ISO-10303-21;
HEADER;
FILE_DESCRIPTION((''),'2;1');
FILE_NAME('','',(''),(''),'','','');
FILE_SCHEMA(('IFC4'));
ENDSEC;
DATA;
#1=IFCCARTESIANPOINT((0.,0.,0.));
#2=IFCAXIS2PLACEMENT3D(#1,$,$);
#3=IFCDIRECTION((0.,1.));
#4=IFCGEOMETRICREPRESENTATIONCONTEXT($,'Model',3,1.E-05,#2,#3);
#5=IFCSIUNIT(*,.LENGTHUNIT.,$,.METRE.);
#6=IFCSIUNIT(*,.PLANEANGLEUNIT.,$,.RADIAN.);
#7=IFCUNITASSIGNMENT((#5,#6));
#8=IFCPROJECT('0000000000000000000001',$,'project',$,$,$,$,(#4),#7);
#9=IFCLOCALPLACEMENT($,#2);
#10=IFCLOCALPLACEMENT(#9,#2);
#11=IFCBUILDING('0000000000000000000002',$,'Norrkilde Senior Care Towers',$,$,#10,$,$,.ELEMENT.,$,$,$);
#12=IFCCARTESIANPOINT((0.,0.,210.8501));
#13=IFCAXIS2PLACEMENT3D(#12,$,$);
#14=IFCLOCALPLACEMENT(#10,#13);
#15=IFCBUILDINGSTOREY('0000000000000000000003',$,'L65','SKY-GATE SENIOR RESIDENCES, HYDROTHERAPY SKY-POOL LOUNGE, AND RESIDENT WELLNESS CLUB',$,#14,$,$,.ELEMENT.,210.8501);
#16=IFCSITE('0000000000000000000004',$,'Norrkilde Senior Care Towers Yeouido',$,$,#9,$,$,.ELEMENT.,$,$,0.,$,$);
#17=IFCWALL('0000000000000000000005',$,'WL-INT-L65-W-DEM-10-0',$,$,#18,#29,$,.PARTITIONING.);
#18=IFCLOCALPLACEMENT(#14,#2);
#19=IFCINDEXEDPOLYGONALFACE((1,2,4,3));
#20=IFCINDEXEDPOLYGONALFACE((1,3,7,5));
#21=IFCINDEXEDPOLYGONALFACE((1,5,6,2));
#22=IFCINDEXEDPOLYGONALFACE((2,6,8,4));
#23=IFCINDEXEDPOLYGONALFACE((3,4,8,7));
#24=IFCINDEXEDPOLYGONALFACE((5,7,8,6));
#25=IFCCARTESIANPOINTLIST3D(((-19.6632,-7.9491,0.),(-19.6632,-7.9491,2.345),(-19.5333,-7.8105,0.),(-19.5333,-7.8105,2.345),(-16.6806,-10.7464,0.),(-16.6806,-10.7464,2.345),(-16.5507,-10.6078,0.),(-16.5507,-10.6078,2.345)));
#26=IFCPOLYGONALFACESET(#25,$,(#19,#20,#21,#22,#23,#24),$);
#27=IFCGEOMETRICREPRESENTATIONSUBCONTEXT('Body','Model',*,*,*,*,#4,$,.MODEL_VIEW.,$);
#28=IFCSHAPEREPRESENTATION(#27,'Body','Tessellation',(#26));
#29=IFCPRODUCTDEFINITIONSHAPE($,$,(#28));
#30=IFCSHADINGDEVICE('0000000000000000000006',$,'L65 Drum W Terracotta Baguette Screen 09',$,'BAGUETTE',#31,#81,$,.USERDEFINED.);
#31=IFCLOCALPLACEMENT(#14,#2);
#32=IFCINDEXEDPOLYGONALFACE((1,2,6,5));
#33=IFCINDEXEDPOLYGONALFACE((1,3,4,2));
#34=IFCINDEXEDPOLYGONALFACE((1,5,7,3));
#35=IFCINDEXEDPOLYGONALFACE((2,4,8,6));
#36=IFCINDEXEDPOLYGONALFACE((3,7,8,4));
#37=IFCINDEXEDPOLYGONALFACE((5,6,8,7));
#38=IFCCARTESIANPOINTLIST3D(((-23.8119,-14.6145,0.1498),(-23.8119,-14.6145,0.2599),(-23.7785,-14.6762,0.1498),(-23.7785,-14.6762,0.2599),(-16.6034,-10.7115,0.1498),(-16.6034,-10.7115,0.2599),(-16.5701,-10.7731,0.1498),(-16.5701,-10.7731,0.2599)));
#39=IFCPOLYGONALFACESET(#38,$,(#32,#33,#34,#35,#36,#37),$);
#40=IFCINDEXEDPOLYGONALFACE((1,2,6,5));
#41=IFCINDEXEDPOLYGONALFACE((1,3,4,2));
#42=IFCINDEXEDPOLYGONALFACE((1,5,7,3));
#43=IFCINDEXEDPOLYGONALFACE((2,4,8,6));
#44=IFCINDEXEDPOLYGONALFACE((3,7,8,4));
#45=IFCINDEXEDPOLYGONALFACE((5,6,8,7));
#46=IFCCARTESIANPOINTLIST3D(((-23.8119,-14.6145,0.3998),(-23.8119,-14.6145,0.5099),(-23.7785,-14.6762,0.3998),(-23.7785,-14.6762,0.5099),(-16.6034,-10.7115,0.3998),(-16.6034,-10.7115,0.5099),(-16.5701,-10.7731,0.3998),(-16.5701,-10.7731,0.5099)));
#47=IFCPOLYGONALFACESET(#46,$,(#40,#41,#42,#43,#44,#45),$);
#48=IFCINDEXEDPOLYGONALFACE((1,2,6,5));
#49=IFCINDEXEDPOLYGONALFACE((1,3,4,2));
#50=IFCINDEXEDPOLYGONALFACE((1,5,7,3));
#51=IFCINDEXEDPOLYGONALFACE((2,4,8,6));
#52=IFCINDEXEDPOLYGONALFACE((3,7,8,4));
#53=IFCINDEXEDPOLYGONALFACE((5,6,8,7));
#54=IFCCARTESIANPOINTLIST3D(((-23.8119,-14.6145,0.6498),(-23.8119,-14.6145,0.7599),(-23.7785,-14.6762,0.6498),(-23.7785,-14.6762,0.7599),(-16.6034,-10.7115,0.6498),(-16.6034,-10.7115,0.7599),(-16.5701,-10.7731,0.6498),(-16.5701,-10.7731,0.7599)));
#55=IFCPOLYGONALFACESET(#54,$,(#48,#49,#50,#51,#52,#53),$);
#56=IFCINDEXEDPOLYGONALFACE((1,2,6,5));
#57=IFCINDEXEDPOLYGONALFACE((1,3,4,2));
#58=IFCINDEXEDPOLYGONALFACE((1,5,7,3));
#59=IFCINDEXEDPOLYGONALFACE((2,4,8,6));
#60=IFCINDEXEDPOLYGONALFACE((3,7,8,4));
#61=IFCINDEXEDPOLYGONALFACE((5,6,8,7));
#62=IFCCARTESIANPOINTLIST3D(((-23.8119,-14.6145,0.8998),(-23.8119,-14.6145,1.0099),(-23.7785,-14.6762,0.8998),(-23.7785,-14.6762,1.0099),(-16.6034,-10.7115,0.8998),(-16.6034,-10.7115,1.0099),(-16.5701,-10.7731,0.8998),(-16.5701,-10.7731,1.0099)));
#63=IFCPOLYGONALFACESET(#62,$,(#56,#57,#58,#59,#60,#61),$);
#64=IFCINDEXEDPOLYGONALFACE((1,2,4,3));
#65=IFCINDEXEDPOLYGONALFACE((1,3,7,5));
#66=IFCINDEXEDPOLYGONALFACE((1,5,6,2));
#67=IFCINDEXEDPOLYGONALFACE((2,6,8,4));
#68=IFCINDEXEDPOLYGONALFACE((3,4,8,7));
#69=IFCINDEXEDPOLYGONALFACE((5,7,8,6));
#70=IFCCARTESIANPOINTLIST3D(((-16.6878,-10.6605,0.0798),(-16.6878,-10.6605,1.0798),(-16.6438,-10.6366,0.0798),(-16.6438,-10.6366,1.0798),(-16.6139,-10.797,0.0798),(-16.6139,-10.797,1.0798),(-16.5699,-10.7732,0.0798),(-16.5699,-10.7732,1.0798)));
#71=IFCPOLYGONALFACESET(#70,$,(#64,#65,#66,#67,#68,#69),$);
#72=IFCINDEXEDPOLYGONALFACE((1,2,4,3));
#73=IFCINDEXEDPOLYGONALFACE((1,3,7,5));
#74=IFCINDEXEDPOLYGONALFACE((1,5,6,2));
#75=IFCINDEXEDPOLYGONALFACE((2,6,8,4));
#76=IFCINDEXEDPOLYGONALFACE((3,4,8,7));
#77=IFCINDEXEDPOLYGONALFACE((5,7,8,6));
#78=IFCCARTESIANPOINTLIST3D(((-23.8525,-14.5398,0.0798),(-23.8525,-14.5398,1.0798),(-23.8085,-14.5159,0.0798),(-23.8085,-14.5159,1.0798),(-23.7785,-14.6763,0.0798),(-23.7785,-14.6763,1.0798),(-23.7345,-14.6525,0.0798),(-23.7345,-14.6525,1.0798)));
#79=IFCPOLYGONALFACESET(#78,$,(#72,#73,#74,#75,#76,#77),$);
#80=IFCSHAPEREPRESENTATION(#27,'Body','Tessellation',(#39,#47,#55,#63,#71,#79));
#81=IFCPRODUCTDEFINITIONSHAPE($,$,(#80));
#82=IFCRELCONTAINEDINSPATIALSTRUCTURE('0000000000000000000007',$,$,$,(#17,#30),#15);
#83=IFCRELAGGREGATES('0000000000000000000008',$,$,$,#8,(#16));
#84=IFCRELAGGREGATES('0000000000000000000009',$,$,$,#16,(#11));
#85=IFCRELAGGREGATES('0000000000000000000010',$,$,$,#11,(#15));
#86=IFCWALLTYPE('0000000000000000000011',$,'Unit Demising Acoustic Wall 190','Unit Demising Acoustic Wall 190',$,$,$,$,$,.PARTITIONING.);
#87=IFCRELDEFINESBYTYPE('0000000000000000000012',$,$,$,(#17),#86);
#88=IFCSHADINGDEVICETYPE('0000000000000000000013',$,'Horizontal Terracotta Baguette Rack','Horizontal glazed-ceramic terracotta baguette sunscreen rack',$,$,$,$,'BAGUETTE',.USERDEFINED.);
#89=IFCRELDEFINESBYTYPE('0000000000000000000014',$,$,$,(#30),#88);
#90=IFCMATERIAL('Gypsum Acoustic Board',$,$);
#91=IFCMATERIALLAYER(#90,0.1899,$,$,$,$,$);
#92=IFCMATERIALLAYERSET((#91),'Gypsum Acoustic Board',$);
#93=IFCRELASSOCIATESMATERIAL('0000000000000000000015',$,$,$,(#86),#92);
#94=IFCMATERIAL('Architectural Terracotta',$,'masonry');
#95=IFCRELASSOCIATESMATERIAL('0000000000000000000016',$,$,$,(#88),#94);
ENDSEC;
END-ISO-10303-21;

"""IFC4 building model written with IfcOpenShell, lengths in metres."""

from ifc_helpers import new_model, si_unit, direction, frame, frame_2d, origin, origin_2d, place, context, subcontext, project, spatial, rectangle, extrude, source, transform, mapped, material, layer, layer_set, type_object, type_shapes, element, save


model = new_model("IFC4")

# Units and contexts
model_context = context("Model", 3, precision=1e-05, world=origin(), true_north=direction((0.0, 1.0)))
body_context = subcontext(model_context, "Body", "Model", "MODEL_VIEW")
ifc_project = project(units=[si_unit("LENGTHUNIT", "METRE"), si_unit("PLANEANGLEUNIT", "RADIAN")], contexts=[model_context])

# Site, building, storey
site_placement = place(None, origin())
site = spatial("IfcSite", under=ifc_project, at=site_placement, Name="Norrkilde Senior Care Towers Yeouido", CompositionType="ELEMENT", RefElevation=0.0)
building_placement = place(site_placement, origin())
building = spatial("IfcBuilding", under=site, at=building_placement, Name="Norrkilde Senior Care Towers", CompositionType="ELEMENT")
storey_placement = place(building_placement, frame((0.0, 0.0, 210.8501)))
storey = spatial("IfcBuildingStorey", under=building, at=storey_placement, Name="L65", Description="SKY-GATE SENIOR RESIDENCES, HYDROTHERAPY SKY-POOL LOUNGE, AND RESIDENT WELLNESS CLUB", CompositionType="ELEMENT", Elevation=210.8501)

# Wall
ifc_material_1 = material(Name="Gypsum Acoustic Board")
ifc_layer_1 = layer(ifc_material_1, 0.1899)
ifc_layer_set_1 = layer_set([ifc_layer_1], Name="Gypsum Acoustic Board")
wall_type = type_object("IfcWallType", Name="Unit Demising Acoustic Wall 190", Description="Unit Demising Acoustic Wall 190", PredefinedType="PARTITIONING", material=ifc_layer_set_1)
shared_shape_1 = source(origin(), body_context, "Body", "SweptSolid", [
    extrude(rectangle(XDim=4.0891, YDim=0.1899, at=frame_2d((2.0444, 0.0))), origin(), (0.0, 0.0, 1.0), 2.345),
])
type_shapes(wall_type, [shared_shape_1])
wall_placement = place(storey_placement, frame((-19.5981, -7.8799, 0.0), z_axis=(0.0, 0.0, 1.0), x_axis=(0.729401, -0.684086, 0.0)))
element("IfcWall", 1, at=wall_placement, inside=storey, type_object=wall_type, Name="WL-INT-L65-W-DEM-10-0", PredefinedType="PARTITIONING", context=body_context, shape_type="MappedRepresentation", body=[
    mapped(shared_shape_1, transform((0.0, 0.0, 0.0), x_axis=(1.0, 0.0, 0.0), y_axis=(0.0, 1.0, 0.0), z_axis=(0.0, 0.0, 1.0), scale=1.0)),
])

# Shading device
ifc_material_2 = material(Name="Architectural Terracotta", Category="masonry")
shading_device_type = type_object("IfcShadingDeviceType", Name="Horizontal Terracotta Baguette Rack", Description="Horizontal glazed-ceramic terracotta baguette sunscreen rack", ElementType="BAGUETTE", PredefinedType="USERDEFINED", material=ifc_material_2)
shared_shape_2 = source(origin(), body_context, "Body", "SweptSolid", [
    extrude(rectangle(XDim=0.0701, YDim=0.1101, at=origin_2d()), frame((0.0, 0.0901, 0.125), z_axis=(1.0, 0.0, 0.0), x_axis=(0.0, 1.0, 0.0)), (0.0, 0.0, 1.0), 8.1973),
    extrude(rectangle(XDim=0.0701, YDim=0.1101, at=origin_2d()), frame((0.0, 0.0901, 0.375), z_axis=(1.0, 0.0, 0.0), x_axis=(0.0, 1.0, 0.0)), (0.0, 0.0, 1.0), 8.1973),
    extrude(rectangle(XDim=0.0701, YDim=0.1101, at=origin_2d()), frame((0.0, 0.0901, 0.625), z_axis=(1.0, 0.0, 0.0), x_axis=(0.0, 1.0, 0.0)), (0.0, 0.0, 1.0), 8.1973),
    extrude(rectangle(XDim=0.0701, YDim=0.1101, at=origin_2d()), frame((0.0, 0.0901, 0.875), z_axis=(1.0, 0.0, 0.0), x_axis=(0.0, 1.0, 0.0)), (0.0, 0.0, 1.0), 8.1973),
    extrude(rectangle(XDim=0.05, YDim=0.1553, at=origin_2d()), frame((0.0249, 0.0476, 0.0)), (0.0, 0.0, 1.0), 1.0),
    extrude(rectangle(XDim=0.05, YDim=0.1553, at=origin_2d()), frame((8.1724, 0.0476, 0.0)), (0.0, 0.0, 1.0), 1.0),
])
type_shapes(shading_device_type, [shared_shape_2])
shading_device_placement = place(storey_placement, frame((-16.6296, -10.6631, 0.0798), z_axis=(0.0, 0.0, 1.0), x_axis=(-0.879378, -0.476144, 0.0)))
element("IfcShadingDevice", 2, at=shading_device_placement, inside=storey, type_object=shading_device_type, Name="L65 Drum W Terracotta Baguette Screen 09", ObjectType="BAGUETTE", PredefinedType="USERDEFINED", context=body_context, shape_type="MappedRepresentation", body=[
    mapped(shared_shape_2, transform((0.0, 0.0, 0.0), x_axis=(1.0, 0.0, 0.0), y_axis=(0.0, 1.0, 0.0), z_axis=(0.0, 0.0, 1.0), scale=1.0)),
])

save(model, "model.ifc")
